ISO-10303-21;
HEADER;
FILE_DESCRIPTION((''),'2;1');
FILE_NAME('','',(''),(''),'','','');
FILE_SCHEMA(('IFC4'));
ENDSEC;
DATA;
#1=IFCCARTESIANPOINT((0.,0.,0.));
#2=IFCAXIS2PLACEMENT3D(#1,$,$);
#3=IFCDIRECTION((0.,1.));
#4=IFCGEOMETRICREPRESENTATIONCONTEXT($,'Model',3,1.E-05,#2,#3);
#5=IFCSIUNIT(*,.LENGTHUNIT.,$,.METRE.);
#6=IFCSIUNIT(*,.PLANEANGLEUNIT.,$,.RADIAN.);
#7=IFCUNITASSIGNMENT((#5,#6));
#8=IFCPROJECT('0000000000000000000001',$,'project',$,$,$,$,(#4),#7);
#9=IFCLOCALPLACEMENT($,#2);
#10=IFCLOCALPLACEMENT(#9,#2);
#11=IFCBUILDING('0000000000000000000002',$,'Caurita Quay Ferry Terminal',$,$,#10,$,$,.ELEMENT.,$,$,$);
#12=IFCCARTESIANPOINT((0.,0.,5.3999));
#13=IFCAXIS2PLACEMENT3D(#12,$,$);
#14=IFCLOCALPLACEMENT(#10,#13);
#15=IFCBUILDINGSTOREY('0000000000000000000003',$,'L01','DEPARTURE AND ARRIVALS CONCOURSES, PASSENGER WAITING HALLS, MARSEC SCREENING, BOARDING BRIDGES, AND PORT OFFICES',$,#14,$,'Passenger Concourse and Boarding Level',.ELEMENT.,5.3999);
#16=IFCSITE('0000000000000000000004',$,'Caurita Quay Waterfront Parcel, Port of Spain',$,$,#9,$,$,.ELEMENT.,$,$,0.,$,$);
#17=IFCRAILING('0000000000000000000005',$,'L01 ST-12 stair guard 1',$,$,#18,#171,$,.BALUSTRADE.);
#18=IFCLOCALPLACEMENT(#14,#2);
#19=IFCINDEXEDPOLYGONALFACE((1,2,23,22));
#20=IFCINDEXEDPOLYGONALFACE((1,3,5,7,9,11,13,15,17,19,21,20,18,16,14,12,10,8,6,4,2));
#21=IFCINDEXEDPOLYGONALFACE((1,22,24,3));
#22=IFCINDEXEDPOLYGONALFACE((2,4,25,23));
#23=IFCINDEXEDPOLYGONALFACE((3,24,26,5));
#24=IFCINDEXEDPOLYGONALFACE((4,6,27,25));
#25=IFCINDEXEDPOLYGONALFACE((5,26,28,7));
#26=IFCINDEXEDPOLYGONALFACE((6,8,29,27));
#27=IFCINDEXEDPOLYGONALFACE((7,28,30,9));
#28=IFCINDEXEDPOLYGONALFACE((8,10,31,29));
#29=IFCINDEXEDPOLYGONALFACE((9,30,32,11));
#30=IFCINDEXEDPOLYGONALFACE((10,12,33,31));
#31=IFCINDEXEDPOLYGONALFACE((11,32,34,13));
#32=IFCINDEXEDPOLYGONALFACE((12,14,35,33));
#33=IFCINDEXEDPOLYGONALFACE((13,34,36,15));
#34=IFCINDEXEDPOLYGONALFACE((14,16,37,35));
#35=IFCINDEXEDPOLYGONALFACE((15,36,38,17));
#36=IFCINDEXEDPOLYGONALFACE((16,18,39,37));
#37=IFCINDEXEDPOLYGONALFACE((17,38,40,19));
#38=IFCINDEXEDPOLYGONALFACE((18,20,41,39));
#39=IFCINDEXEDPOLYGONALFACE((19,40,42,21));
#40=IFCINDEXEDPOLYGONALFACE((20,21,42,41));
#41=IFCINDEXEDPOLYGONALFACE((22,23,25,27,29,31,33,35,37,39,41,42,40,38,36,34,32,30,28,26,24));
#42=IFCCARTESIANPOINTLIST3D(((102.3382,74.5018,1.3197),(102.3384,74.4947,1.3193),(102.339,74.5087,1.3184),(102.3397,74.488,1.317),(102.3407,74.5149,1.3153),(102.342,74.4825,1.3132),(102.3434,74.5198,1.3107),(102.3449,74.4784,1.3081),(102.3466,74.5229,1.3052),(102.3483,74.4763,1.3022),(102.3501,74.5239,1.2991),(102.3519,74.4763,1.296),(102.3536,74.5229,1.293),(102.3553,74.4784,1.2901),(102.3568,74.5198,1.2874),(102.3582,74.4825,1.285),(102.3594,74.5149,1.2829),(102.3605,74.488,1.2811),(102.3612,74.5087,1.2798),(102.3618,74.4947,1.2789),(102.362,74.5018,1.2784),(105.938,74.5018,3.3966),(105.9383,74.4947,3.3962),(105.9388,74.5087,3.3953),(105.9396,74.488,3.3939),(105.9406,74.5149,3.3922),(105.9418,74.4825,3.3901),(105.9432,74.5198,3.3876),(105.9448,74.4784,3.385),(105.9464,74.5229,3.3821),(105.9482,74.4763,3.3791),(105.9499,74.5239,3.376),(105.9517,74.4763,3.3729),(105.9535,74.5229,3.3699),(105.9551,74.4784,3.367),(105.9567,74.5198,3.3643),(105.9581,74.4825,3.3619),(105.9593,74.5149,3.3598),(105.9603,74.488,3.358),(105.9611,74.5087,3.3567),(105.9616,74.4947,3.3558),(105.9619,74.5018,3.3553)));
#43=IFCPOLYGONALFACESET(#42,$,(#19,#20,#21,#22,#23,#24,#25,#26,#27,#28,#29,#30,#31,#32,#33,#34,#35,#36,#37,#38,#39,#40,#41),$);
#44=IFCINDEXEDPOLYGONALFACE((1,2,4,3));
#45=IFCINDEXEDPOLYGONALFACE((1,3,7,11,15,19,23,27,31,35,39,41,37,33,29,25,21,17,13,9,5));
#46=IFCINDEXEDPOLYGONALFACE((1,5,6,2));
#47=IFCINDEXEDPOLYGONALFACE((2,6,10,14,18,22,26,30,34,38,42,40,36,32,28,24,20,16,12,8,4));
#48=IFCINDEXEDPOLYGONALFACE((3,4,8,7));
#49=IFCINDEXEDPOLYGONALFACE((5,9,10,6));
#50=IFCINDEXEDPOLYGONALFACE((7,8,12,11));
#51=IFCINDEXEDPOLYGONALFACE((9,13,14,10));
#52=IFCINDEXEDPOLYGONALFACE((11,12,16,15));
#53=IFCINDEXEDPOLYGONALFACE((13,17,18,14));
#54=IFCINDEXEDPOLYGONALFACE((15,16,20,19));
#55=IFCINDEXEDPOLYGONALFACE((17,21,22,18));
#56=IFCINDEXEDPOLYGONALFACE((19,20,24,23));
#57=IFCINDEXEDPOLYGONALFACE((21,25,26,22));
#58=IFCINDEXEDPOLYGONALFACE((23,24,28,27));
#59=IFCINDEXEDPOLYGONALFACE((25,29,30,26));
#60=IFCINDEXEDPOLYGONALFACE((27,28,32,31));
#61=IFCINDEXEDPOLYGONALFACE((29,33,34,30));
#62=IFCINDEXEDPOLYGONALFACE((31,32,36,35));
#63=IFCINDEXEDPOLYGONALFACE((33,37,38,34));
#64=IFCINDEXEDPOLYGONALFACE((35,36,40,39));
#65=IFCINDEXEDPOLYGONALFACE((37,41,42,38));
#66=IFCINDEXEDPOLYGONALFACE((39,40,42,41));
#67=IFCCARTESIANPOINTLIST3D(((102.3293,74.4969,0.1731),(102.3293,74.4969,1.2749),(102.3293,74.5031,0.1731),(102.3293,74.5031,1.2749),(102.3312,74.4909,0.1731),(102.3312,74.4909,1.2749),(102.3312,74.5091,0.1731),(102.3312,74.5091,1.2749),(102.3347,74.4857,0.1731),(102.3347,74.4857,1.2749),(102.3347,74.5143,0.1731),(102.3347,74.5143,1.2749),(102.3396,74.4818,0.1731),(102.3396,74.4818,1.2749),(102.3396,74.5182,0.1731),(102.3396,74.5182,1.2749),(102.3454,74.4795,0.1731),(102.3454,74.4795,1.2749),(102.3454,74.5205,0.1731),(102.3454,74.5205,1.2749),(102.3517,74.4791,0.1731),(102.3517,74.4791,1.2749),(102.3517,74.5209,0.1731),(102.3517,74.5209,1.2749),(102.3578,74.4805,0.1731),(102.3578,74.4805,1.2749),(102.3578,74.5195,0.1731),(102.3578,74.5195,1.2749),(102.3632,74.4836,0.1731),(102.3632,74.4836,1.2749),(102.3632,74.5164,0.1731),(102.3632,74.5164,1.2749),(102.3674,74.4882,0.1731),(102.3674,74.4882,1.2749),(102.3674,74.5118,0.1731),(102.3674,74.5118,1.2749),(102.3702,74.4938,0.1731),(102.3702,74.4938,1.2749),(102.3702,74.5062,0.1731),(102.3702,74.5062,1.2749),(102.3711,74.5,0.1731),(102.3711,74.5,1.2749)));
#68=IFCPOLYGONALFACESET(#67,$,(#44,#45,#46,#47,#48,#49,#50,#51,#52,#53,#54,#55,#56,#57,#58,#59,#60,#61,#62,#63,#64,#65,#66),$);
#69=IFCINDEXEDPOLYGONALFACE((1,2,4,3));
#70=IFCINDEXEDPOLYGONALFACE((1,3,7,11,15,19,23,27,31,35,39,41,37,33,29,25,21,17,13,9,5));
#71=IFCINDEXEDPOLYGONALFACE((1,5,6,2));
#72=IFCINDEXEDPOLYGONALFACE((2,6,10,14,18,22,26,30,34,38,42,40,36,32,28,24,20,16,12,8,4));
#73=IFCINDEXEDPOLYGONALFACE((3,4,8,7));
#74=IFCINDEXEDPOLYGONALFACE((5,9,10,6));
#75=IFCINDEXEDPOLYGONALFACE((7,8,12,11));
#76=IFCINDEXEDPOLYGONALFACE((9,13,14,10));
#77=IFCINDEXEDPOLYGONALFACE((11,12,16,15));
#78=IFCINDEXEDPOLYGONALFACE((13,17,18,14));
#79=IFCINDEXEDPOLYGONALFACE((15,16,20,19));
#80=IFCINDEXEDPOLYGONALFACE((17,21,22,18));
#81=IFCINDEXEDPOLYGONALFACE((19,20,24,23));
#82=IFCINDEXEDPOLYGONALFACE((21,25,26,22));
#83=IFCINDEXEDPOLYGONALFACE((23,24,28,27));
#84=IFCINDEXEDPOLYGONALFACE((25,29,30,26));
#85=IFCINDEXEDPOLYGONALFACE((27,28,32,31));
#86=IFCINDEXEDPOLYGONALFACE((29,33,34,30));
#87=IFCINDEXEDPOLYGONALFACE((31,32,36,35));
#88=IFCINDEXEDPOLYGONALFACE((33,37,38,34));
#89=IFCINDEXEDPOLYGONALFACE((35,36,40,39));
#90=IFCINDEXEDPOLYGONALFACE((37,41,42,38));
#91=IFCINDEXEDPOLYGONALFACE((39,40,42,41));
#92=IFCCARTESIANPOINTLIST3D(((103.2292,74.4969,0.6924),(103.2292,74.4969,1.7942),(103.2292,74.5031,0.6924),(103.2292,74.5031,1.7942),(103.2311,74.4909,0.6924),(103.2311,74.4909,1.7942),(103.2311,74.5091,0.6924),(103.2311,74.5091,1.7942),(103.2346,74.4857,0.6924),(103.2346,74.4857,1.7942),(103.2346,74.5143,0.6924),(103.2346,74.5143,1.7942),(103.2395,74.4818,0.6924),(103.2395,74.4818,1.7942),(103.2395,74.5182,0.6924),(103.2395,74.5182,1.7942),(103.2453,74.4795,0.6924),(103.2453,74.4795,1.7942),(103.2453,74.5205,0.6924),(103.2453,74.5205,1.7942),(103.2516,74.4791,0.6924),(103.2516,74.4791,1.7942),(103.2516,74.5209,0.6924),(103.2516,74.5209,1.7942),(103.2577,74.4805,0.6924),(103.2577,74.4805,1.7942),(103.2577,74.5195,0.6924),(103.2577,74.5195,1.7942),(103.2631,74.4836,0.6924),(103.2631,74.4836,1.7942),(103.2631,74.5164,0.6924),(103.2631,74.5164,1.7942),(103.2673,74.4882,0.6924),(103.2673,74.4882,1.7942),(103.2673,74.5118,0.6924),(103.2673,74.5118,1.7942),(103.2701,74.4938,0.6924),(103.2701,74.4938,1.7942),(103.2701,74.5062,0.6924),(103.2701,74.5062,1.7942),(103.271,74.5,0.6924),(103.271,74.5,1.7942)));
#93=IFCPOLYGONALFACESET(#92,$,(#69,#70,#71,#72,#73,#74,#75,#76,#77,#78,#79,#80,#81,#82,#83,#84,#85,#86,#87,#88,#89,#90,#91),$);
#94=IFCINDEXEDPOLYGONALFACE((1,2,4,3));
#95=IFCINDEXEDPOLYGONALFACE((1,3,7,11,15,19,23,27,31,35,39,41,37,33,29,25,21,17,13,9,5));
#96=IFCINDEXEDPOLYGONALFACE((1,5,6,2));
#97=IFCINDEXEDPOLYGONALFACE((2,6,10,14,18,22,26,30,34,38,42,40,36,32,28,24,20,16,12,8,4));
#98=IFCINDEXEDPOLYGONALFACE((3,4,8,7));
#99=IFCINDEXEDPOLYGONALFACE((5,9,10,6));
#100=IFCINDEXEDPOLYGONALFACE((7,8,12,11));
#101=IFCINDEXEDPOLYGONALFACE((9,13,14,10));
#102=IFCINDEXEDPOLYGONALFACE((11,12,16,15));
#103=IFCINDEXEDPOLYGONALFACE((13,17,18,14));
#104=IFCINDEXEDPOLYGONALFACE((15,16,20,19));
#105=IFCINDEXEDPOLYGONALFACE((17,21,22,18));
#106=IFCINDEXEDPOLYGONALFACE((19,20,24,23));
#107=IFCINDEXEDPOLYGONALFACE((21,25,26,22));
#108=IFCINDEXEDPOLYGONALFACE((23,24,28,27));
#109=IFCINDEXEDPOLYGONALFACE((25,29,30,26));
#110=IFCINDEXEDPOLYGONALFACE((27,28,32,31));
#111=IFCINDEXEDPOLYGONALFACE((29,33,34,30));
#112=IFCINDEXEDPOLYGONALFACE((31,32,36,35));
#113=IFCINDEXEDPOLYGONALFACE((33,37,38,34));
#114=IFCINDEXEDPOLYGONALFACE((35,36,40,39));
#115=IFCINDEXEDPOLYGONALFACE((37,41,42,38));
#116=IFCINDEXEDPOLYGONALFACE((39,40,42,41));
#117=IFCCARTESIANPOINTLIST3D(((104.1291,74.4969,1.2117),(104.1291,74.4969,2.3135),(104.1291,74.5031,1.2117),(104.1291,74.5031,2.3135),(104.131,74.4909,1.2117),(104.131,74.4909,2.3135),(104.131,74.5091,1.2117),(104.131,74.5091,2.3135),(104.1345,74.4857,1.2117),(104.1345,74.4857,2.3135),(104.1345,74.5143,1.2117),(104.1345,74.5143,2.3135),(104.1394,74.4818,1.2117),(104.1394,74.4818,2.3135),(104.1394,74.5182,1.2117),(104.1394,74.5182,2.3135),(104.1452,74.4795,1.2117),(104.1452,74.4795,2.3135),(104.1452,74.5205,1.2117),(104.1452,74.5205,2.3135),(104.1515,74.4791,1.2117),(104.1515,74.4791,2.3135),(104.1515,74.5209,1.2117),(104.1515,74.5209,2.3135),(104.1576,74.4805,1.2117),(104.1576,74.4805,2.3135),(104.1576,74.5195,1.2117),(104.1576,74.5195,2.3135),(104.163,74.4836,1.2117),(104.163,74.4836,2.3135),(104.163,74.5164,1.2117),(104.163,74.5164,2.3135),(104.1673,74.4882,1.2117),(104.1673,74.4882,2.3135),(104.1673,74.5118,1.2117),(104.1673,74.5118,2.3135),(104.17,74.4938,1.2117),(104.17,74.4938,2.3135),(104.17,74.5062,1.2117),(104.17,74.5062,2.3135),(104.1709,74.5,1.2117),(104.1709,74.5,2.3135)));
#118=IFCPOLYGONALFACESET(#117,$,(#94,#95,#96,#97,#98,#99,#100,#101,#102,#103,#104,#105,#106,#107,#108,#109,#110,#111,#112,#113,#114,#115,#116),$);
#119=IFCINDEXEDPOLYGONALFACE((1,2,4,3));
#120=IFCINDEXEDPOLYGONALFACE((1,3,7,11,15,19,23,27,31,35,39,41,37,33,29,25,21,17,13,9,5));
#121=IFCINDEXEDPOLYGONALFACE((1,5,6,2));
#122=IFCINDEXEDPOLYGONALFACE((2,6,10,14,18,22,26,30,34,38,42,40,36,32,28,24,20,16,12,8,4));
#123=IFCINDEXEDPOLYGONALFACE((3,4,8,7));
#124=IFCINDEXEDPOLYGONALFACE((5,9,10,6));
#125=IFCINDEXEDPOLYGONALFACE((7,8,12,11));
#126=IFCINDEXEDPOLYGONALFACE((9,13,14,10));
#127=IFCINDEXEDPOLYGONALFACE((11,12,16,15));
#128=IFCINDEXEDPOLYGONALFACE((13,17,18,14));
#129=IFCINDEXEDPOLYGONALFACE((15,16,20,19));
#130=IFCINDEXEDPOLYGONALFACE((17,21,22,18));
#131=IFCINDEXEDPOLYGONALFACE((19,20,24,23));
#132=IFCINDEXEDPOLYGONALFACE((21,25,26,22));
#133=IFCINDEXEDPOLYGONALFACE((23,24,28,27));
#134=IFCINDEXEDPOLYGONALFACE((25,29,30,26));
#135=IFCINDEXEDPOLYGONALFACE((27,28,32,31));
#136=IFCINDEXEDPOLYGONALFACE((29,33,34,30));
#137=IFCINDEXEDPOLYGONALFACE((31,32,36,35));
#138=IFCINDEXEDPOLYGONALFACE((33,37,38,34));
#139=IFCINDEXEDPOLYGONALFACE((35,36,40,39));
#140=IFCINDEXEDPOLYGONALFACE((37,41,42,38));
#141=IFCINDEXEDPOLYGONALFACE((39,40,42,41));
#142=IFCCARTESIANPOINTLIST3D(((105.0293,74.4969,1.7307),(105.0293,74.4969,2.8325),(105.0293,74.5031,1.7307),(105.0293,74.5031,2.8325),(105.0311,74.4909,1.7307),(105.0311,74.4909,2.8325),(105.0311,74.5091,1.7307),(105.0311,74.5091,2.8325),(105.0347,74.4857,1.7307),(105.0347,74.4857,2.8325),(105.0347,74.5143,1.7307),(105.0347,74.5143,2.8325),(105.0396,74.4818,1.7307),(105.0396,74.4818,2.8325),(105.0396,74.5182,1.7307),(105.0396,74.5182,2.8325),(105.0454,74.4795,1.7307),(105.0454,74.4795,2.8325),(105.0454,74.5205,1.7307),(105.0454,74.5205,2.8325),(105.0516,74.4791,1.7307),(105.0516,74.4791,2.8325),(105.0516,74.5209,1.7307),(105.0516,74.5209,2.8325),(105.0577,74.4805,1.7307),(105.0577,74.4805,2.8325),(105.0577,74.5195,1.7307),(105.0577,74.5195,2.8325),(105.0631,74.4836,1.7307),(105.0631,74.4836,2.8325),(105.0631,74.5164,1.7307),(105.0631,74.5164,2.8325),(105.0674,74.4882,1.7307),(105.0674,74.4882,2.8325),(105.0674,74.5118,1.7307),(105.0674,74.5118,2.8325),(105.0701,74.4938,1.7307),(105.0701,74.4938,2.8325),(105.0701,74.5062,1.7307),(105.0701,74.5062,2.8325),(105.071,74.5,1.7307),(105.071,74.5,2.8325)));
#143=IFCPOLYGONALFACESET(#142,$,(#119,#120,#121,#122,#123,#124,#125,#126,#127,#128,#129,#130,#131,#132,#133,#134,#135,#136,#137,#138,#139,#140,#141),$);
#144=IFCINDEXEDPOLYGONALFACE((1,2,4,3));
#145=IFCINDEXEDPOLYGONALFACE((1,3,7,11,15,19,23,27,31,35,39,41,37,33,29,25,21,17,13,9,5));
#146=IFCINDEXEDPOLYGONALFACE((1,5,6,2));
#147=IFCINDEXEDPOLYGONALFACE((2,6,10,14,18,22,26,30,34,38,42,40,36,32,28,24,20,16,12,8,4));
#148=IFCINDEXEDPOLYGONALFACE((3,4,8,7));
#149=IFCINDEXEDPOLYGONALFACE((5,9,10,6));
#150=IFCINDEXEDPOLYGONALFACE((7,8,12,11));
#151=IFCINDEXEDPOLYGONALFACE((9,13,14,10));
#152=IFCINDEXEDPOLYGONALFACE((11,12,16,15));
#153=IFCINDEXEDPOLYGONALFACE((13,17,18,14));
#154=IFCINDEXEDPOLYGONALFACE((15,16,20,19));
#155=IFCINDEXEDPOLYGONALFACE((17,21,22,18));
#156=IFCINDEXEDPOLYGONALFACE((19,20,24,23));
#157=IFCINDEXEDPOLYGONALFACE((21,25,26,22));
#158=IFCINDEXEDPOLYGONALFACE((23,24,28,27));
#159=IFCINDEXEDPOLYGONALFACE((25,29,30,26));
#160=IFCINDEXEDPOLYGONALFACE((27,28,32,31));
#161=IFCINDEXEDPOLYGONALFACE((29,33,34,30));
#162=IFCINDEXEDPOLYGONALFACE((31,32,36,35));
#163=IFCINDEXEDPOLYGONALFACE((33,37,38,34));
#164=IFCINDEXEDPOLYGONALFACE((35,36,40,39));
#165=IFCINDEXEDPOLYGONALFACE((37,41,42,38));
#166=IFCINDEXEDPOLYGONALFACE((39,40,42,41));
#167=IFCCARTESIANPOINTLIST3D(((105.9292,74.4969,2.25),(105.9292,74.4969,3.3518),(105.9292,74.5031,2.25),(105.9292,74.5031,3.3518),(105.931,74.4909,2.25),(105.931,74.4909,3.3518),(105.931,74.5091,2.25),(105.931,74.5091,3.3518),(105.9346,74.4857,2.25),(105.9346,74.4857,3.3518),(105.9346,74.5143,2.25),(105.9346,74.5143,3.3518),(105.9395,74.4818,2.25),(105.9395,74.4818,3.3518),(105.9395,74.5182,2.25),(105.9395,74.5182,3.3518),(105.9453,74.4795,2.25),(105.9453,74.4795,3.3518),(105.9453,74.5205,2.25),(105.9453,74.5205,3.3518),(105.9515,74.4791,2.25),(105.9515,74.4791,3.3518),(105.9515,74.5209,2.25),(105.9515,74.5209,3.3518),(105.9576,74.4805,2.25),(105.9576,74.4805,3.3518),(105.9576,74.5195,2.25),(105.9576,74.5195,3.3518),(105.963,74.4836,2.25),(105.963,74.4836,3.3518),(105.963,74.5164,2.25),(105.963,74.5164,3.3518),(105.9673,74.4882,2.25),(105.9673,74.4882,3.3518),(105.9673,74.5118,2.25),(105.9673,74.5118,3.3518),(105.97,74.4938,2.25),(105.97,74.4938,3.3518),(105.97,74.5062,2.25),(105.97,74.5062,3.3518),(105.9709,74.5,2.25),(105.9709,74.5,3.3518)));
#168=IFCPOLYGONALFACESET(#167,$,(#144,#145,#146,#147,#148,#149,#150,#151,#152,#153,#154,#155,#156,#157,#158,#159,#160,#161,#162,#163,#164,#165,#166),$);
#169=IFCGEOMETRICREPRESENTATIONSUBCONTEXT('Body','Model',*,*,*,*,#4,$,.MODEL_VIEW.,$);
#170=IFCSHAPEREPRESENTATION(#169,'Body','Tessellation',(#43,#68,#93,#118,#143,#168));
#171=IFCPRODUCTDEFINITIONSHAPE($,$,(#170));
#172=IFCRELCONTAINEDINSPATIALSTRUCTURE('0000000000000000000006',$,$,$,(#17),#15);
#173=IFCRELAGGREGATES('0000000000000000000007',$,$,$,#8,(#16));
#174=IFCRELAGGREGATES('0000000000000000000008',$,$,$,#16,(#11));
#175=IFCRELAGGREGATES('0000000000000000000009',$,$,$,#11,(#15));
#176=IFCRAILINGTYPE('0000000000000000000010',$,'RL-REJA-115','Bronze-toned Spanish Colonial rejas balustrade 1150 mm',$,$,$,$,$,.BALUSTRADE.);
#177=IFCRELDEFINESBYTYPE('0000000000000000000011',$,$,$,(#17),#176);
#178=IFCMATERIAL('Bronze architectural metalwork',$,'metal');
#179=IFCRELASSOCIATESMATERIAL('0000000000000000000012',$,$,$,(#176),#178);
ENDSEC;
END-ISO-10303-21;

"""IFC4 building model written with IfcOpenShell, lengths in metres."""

from ifc_helpers import new_model, si_unit, direction, frame, origin, origin_2d, place, context, subcontext, project, spatial, circle, extrude, material, type_object, element, save


model = new_model("IFC4")

# Units and contexts
model_context = context("Model", 3, precision=1e-05, world=origin(), true_north=direction((0.0, 1.0)))
body_context = subcontext(model_context, "Body", "Model", "MODEL_VIEW")
ifc_project = project(units=[si_unit("LENGTHUNIT", "METRE"), si_unit("PLANEANGLEUNIT", "RADIAN")], contexts=[model_context])

# Site, building, storey
site_placement = place(None, origin())
site = spatial("IfcSite", under=ifc_project, at=site_placement, Name="Caurita Quay Waterfront Parcel, Port of Spain", CompositionType="ELEMENT", RefElevation=0.0)
building_placement = place(site_placement, origin())
building = spatial("IfcBuilding", under=site, at=building_placement, Name="Caurita Quay Ferry Terminal", CompositionType="ELEMENT")
storey_placement = place(building_placement, frame((0.0, 0.0, 5.3999)))
storey = spatial("IfcBuildingStorey", under=building, at=storey_placement, Name="L01", Description="DEPARTURE AND ARRIVALS CONCOURSES, PASSENGER WAITING HALLS, MARSEC SCREENING, BOARDING BRIDGES, AND PORT OFFICES", LongName="Passenger Concourse and Boarding Level", CompositionType="ELEMENT", Elevation=5.3999)

# Railing
ifc_material_1 = material(Name="Bronze architectural metalwork", Category="metal")
railing_type_1 = type_object("IfcRailingType", Name="RL-REJA-115", Description="Bronze-toned Spanish Colonial rejas balustrade 1150 mm", PredefinedType="BALUSTRADE", material=ifc_material_1)
railing_1_placement = place(storey_placement, frame((102.3501, 74.5, 0.1731)))
element("IfcRailing", 1, at=railing_1_placement, inside=storey, type_object=railing_type_1, Name="L01 ST-12 stair guard 1", PredefinedType="BALUSTRADE", context=body_context, shape_type="SweptSolid", body=[
    extrude(circle(Radius=0.0239, at=origin_2d()), frame((0.0, 0.0, 1.126), z_axis=(0.866179, 0.0, 0.499734), x_axis=(0.0, 1.0, 0.0)), (0.0, 0.0, 1.0), 4.156),
    extrude(circle(Radius=0.021, at=origin_2d()), origin(), (0.0, 0.0, 1.0), 1.1018),
    extrude(circle(Radius=0.021, at=origin_2d()), frame((0.8999, 0.0, 0.5193)), (0.0, 0.0, 1.0), 1.1018),
    extrude(circle(Radius=0.021, at=origin_2d()), frame((1.7998, 0.0, 1.0386)), (0.0, 0.0, 1.0), 1.1018),
    extrude(circle(Radius=0.021, at=origin_2d()), frame((2.7, 0.0, 1.5576)), (0.0, 0.0, 1.0), 1.1018),
    extrude(circle(Radius=0.021, at=origin_2d()), frame((3.5999, 0.0, 2.0769)), (0.0, 0.0, 1.0), 1.1018),
])

save(model, "model.ifc")
